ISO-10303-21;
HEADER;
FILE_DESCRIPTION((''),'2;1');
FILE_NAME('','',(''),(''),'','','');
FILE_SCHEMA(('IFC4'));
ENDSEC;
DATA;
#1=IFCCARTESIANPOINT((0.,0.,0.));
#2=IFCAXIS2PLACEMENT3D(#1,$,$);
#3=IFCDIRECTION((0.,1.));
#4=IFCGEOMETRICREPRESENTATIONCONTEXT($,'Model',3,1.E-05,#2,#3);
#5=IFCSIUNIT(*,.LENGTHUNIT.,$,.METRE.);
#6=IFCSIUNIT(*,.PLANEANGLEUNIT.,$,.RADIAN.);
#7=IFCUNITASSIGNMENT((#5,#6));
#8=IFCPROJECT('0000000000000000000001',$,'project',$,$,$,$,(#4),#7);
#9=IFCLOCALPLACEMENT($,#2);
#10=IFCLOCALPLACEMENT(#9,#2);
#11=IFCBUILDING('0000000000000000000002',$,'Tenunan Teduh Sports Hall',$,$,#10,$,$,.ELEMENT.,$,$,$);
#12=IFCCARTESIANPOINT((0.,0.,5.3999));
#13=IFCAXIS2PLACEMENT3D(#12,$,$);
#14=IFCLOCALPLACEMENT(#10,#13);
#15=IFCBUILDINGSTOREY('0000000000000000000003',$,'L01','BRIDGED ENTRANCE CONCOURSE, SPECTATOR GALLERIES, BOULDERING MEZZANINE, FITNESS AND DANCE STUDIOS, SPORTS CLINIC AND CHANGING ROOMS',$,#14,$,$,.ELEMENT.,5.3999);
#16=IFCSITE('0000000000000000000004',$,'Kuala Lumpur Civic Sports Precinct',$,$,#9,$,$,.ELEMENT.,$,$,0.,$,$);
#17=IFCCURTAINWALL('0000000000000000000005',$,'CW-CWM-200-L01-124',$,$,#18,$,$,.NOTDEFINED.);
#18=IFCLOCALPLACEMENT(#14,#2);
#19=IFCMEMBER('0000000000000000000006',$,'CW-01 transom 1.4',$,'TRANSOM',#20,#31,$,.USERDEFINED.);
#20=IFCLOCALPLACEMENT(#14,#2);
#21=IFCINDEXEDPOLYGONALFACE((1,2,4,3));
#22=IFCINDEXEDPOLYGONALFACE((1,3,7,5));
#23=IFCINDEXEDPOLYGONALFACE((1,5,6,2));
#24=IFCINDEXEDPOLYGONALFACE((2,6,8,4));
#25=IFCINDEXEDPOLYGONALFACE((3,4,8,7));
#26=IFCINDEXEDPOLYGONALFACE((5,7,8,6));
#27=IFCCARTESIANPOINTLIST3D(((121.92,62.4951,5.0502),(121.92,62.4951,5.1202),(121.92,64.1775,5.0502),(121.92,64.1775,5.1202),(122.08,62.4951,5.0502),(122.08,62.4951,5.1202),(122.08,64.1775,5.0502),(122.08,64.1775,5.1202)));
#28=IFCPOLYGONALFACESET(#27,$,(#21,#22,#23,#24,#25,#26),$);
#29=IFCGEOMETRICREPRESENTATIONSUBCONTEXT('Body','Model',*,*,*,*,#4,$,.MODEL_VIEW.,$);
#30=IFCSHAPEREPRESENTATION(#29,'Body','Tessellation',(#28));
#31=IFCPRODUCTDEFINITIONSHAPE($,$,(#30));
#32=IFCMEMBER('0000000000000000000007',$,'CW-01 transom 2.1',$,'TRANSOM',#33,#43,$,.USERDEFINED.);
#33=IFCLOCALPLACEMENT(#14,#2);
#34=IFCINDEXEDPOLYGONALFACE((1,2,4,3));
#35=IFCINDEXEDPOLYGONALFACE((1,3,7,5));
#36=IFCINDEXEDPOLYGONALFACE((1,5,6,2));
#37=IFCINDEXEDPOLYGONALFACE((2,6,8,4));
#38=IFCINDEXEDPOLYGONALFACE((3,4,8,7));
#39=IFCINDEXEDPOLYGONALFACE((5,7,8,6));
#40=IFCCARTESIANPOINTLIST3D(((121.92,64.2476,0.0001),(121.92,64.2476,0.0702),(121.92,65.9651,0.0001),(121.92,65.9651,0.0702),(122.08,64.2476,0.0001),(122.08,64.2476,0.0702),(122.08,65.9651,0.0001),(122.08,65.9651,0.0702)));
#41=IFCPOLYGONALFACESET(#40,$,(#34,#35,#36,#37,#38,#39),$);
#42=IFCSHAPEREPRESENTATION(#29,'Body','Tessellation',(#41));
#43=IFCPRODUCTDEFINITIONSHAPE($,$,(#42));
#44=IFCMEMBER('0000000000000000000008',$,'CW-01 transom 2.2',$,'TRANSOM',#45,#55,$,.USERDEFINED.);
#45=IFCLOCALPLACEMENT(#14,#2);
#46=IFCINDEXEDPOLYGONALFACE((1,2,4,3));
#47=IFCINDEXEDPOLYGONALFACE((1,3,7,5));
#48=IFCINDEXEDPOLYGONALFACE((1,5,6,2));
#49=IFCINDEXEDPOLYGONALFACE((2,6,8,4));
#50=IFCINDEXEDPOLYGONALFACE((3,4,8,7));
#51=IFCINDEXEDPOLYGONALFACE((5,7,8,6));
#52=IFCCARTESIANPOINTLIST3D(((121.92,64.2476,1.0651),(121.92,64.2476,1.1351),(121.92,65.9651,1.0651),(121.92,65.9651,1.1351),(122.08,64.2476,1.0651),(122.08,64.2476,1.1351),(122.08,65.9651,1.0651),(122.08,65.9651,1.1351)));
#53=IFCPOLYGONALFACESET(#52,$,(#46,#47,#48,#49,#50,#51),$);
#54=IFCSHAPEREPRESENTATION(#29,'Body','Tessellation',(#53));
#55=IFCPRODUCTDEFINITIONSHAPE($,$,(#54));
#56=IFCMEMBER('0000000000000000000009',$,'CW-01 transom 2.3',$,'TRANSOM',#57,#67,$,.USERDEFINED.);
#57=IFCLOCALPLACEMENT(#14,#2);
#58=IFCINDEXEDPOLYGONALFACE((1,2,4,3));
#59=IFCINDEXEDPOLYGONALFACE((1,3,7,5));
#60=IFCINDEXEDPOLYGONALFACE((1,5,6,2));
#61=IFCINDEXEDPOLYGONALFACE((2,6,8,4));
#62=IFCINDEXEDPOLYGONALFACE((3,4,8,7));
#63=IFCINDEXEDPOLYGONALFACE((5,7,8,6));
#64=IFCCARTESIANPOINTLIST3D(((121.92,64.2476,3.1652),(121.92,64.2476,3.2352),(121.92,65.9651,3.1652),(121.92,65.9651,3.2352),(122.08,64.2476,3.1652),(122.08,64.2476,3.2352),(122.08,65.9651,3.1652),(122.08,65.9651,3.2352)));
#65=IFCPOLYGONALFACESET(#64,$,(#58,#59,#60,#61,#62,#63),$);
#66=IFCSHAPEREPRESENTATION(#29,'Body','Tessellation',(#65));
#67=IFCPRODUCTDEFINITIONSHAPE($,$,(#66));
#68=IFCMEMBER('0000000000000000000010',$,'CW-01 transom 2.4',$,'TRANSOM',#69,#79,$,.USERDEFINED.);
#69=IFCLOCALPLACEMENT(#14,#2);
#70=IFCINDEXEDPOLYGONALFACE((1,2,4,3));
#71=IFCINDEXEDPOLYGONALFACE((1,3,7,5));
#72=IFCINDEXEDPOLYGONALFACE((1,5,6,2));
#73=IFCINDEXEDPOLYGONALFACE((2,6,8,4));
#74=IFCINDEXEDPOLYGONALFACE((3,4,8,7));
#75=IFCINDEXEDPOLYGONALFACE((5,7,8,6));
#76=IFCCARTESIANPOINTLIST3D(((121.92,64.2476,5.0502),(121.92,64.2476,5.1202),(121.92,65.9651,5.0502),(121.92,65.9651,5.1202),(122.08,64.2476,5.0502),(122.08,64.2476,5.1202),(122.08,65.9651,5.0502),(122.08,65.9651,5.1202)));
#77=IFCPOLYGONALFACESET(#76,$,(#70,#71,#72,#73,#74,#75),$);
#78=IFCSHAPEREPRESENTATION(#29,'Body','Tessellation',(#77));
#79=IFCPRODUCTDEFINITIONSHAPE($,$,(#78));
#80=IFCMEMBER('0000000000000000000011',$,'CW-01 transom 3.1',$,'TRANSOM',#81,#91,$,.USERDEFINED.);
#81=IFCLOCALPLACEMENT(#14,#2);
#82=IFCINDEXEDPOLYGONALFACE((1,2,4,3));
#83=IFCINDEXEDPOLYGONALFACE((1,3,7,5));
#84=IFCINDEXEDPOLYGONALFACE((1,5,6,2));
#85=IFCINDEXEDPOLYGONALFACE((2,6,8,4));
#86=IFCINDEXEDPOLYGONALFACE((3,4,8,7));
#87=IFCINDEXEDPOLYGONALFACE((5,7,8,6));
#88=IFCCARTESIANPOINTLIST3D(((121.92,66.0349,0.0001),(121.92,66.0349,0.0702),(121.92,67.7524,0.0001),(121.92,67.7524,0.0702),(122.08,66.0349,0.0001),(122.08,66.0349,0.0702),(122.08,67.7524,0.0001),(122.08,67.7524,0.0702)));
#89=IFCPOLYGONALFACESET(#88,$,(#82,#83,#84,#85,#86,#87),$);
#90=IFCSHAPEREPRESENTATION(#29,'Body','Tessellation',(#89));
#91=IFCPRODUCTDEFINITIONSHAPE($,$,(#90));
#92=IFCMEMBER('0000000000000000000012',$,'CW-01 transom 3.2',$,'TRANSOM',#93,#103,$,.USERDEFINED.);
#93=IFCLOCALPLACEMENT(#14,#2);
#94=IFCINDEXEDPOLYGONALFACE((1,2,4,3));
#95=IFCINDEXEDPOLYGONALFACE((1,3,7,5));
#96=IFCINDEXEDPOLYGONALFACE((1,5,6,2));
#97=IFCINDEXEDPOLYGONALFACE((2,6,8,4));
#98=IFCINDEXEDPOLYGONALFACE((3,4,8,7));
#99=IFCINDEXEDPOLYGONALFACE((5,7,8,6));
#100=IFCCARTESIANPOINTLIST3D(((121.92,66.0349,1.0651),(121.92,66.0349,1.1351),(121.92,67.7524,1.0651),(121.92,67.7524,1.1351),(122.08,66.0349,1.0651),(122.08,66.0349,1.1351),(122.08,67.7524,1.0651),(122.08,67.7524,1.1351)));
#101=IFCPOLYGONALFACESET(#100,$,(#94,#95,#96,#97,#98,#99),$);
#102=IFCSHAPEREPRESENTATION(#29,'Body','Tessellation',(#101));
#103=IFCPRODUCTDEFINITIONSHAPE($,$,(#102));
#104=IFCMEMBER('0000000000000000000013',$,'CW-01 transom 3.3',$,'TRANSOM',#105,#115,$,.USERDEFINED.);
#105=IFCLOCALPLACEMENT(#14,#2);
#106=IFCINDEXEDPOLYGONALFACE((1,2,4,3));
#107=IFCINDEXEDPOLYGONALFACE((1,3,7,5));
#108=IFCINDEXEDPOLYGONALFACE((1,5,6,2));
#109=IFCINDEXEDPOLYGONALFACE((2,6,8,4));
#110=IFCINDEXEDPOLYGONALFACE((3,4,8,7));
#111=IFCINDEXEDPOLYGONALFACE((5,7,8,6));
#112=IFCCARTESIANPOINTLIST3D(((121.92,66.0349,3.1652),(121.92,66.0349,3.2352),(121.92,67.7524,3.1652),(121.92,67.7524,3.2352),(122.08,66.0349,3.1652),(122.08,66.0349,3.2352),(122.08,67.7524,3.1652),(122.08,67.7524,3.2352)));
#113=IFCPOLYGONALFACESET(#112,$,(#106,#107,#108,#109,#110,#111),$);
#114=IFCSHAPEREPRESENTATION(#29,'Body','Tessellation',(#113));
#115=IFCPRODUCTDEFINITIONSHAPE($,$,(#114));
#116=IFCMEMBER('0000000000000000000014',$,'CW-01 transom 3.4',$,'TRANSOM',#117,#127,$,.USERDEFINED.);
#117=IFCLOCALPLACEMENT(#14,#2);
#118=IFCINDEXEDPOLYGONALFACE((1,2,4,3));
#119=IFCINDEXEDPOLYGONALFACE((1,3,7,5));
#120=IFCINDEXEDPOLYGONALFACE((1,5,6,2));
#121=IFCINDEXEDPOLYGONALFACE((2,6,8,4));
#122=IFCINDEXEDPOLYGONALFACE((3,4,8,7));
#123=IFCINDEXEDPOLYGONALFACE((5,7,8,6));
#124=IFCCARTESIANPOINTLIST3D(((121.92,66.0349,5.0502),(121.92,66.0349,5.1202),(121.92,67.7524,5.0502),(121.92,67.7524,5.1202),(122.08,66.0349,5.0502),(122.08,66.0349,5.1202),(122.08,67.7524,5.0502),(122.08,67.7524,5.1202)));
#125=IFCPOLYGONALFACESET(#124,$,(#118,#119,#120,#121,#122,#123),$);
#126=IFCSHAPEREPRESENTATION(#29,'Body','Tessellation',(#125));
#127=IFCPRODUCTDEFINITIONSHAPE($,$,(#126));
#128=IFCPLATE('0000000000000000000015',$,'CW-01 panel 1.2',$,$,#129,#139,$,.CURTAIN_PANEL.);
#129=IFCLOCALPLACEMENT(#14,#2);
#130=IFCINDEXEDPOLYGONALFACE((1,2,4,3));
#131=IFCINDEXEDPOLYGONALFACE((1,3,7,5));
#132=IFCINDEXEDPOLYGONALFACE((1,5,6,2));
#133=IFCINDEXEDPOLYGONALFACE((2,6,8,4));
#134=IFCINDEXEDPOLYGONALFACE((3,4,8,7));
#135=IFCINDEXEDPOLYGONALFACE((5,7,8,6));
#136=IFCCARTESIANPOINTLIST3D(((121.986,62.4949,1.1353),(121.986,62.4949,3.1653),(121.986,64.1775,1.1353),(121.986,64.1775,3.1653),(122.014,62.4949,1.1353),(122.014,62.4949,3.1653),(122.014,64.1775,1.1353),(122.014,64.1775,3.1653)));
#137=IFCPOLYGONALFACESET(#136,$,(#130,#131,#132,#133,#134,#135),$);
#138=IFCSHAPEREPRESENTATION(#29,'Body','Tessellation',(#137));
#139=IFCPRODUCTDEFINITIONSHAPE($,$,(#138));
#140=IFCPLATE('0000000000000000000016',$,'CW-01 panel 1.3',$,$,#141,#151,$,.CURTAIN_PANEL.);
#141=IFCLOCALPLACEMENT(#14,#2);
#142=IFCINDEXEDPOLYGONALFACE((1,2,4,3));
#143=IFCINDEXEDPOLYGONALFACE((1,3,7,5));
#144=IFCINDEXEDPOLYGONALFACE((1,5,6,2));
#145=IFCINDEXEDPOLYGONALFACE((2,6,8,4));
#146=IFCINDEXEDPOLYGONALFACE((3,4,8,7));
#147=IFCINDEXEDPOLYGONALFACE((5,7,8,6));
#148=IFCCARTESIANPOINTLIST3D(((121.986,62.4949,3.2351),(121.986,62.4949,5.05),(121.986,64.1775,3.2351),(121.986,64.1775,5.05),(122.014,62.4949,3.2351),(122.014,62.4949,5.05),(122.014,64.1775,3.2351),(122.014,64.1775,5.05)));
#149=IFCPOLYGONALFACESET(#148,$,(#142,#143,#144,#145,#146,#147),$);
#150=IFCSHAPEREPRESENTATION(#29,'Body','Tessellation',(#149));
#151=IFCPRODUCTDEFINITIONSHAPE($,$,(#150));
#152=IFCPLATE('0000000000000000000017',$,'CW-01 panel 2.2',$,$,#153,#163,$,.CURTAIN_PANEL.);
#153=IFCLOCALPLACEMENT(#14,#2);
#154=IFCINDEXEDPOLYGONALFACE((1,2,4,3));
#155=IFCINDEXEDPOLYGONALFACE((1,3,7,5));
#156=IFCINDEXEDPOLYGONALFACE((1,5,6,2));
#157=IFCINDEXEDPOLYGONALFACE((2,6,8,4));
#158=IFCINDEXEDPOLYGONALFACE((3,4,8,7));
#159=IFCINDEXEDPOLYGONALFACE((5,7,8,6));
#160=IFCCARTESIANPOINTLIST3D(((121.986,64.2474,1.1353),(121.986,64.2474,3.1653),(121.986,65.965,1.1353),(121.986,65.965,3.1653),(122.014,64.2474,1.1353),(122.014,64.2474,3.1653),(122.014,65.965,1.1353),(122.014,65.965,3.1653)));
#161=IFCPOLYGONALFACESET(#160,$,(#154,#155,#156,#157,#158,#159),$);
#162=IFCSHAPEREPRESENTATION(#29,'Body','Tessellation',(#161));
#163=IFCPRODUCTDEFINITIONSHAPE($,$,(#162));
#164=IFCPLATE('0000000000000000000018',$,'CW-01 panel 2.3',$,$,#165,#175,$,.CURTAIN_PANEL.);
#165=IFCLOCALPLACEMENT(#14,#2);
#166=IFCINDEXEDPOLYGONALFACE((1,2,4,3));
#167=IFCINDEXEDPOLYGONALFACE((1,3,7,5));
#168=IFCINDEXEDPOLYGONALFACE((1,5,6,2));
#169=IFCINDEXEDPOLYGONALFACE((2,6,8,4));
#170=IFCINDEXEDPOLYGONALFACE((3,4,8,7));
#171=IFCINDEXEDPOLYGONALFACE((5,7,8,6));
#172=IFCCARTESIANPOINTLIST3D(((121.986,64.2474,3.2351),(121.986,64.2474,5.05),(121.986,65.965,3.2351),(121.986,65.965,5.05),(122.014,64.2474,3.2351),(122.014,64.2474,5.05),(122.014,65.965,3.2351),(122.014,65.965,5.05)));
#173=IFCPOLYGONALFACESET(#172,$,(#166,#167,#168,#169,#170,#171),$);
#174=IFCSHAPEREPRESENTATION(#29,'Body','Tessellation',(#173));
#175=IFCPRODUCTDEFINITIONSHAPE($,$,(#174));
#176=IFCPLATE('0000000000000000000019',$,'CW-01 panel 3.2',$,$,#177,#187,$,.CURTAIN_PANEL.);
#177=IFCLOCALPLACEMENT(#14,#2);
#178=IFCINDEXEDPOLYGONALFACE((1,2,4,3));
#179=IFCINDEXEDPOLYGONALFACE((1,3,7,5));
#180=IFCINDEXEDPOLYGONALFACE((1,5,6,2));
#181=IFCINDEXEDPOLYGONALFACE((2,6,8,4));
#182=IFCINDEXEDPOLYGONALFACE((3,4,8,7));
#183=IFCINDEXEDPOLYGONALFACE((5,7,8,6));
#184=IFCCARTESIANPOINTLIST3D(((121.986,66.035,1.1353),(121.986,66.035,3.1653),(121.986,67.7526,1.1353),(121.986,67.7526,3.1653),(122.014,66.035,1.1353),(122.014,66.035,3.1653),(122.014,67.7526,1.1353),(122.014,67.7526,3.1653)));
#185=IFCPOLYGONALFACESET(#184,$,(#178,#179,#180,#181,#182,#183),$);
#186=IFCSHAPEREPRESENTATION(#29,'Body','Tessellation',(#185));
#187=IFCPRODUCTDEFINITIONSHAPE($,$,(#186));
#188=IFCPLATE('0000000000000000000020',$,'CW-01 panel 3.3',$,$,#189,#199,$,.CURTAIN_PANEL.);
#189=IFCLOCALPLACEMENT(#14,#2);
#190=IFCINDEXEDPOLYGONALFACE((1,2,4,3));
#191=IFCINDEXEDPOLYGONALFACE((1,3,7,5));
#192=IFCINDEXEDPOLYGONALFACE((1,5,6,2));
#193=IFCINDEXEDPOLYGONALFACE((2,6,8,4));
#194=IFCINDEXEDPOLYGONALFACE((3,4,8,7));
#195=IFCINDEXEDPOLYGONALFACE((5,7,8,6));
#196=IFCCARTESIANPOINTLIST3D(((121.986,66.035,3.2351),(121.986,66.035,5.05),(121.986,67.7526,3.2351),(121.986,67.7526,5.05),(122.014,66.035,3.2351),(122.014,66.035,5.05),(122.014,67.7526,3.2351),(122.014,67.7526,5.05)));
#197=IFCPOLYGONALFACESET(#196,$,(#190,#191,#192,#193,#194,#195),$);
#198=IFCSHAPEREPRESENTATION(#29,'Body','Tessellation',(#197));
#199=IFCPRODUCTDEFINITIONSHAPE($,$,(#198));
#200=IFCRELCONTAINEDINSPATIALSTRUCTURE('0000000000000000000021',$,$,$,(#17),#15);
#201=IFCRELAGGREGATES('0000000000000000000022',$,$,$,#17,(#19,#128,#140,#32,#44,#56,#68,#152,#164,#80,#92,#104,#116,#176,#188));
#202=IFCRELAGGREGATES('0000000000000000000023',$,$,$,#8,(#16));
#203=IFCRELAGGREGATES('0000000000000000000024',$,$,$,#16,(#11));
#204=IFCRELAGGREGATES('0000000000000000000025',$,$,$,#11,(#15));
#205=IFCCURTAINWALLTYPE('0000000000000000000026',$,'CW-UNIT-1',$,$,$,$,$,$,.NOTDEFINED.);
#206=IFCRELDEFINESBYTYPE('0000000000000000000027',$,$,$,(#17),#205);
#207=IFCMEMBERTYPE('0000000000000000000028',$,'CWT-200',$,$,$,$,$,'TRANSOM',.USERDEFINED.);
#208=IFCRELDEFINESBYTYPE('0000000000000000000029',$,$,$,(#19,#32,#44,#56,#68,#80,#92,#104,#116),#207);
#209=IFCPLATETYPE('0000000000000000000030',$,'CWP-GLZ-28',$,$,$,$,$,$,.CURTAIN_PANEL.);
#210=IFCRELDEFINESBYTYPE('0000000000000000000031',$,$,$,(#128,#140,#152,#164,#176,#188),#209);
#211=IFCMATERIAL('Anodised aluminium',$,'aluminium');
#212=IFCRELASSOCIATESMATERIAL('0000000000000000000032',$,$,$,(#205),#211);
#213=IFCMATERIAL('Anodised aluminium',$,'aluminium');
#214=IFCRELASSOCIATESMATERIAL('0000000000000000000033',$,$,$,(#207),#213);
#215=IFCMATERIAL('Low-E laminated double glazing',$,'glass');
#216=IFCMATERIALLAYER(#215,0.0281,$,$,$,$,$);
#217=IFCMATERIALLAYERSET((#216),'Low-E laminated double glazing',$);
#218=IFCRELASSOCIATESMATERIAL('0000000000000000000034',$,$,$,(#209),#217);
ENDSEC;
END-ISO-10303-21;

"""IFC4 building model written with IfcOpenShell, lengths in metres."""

from ifc_helpers import new_model, si_unit, direction, frame, origin, origin_2d, place, context, subcontext, project, spatial, rectangle, extrude, material, layer, layer_set, material_profile, profile_set, type_object, element, aggregate, save


model = new_model("IFC4")

# Units and contexts
model_context = context("Model", 3, precision=1e-05, world=origin(), true_north=direction((0.0, 1.0)))
body_context = subcontext(model_context, "Body", "Model", "MODEL_VIEW")
ifc_project = project(units=[si_unit("LENGTHUNIT", "METRE"), si_unit("PLANEANGLEUNIT", "RADIAN")], contexts=[model_context])

# Site, building, storey
site_placement = place(None, origin())
site = spatial("IfcSite", under=ifc_project, at=site_placement, Name="Kuala Lumpur Civic Sports Precinct", CompositionType="ELEMENT", RefElevation=0.0)
building_placement = place(site_placement, origin())
building = spatial("IfcBuilding", under=site, at=building_placement, Name="Tenunan Teduh Sports Hall", CompositionType="ELEMENT")
storey_placement = place(building_placement, frame((0.0, 0.0, 5.3999)))
storey = spatial("IfcBuildingStorey", under=building, at=storey_placement, Name="L01", Description="BRIDGED ENTRANCE CONCOURSE, SPECTATOR GALLERIES, BOULDERING MEZZANINE, FITNESS AND DANCE STUDIOS, SPORTS CLINIC AND CHANGING ROOMS", CompositionType="ELEMENT", Elevation=5.3999)

# Shared definitions
ifc_material_1 = material(Name="Anodised aluminium", Category="aluminium")
curtain_wall_type = type_object("IfcCurtainWallType", Name="CW-UNIT-1", PredefinedType="NOTDEFINED", material=ifc_material_1)

# Curtain wall
curtain_wall_1_placement = place(storey_placement, origin())
curtain_wall_1 = element("IfcCurtainWall", 1, at=curtain_wall_1_placement, inside=storey, type_object=curtain_wall_type, Name="CW-CWM-200-L01-124", PredefinedType="NOTDEFINED")

# Members
ifc_material_2 = material(Name="Anodised aluminium", Category="aluminium")
ifc_material_profile_1 = material_profile(ifc_material_2, rectangle(XDim=0.0701, YDim=0.1599, at=origin_2d()), Name="CWT 70x160")
ifc_profile_set_1 = profile_set([ifc_material_profile_1], Name="Anodised aluminium")
member_type_1 = type_object("IfcMemberType", Name="CWT-200", ElementType="TRANSOM", PredefinedType="USERDEFINED", material=ifc_profile_set_1)
member_1_placement = place(storey_placement, frame((122.0, 62.4951, 5.0852), z_axis=(0.0, 1.0, 0.0), x_axis=(0.0, 0.0, 1.0)))
member_1 = element("IfcMember", 2, at=member_1_placement, type_object=member_type_1, Name="CW-01 transom 1.4", ObjectType="TRANSOM", PredefinedType="USERDEFINED", context=body_context, shape_type="SweptSolid", body=[
    extrude(rectangle(XDim=0.0701, YDim=0.1599, at=origin_2d()), origin(), (0.0, 0.0, 1.0), 1.6824),
])
member_2_placement = place(storey_placement, frame((122.0, 64.2476, 0.0352), z_axis=(0.0, 1.0, 0.0), x_axis=(0.0, 0.0, 1.0)))
member_2 = element("IfcMember", 3, at=member_2_placement, type_object=member_type_1, Name="CW-01 transom 2.1", ObjectType="TRANSOM", PredefinedType="USERDEFINED", context=body_context, shape_type="SweptSolid", body=[
    extrude(rectangle(XDim=0.0701, YDim=0.1599, at=origin_2d()), origin(), (0.0, 0.0, 1.0), 1.7175),
])
member_3_placement = place(storey_placement, frame((122.0, 64.2476, 1.1001), z_axis=(0.0, 1.0, 0.0), x_axis=(0.0, 0.0, 1.0)))
member_3 = element("IfcMember", 4, at=member_3_placement, type_object=member_type_1, Name="CW-01 transom 2.2", ObjectType="TRANSOM", PredefinedType="USERDEFINED", context=body_context, shape_type="SweptSolid", body=[
    extrude(rectangle(XDim=0.0701, YDim=0.1599, at=origin_2d()), origin(), (0.0, 0.0, 1.0), 1.7175),
])
member_4_placement = place(storey_placement, frame((122.0, 64.2476, 3.2002), z_axis=(0.0, 1.0, 0.0), x_axis=(0.0, 0.0, 1.0)))
member_4 = element("IfcMember", 5, at=member_4_placement, type_object=member_type_1, Name="CW-01 transom 2.3", ObjectType="TRANSOM", PredefinedType="USERDEFINED", context=body_context, shape_type="SweptSolid", body=[
    extrude(rectangle(XDim=0.0701, YDim=0.1599, at=origin_2d()), origin(), (0.0, 0.0, 1.0), 1.7175),
])
member_5_placement = place(storey_placement, frame((122.0, 64.2476, 5.0852), z_axis=(0.0, 1.0, 0.0), x_axis=(0.0, 0.0, 1.0)))
member_5 = element("IfcMember", 6, at=member_5_placement, type_object=member_type_1, Name="CW-01 transom 2.4", ObjectType="TRANSOM", PredefinedType="USERDEFINED", context=body_context, shape_type="SweptSolid", body=[
    extrude(rectangle(XDim=0.0701, YDim=0.1599, at=origin_2d()), origin(), (0.0, 0.0, 1.0), 1.7175),
])
member_6_placement = place(storey_placement, frame((122.0, 66.0349, 0.0352), z_axis=(0.0, 1.0, 0.0), x_axis=(0.0, 0.0, 1.0)))
member_6 = element("IfcMember", 7, at=member_6_placement, type_object=member_type_1, Name="CW-01 transom 3.1", ObjectType="TRANSOM", PredefinedType="USERDEFINED", context=body_context, shape_type="SweptSolid", body=[
    extrude(rectangle(XDim=0.0701, YDim=0.1599, at=origin_2d()), origin(), (0.0, 0.0, 1.0), 1.7175),
])
member_7_placement = place(storey_placement, frame((122.0, 66.0349, 1.1001), z_axis=(0.0, 1.0, 0.0), x_axis=(0.0, 0.0, 1.0)))
member_7 = element("IfcMember", 8, at=member_7_placement, type_object=member_type_1, Name="CW-01 transom 3.2", ObjectType="TRANSOM", PredefinedType="USERDEFINED", context=body_context, shape_type="SweptSolid", body=[
    extrude(rectangle(XDim=0.0701, YDim=0.1599, at=origin_2d()), origin(), (0.0, 0.0, 1.0), 1.7175),
])
member_8_placement = place(storey_placement, frame((122.0, 66.0349, 3.2002), z_axis=(0.0, 1.0, 0.0), x_axis=(0.0, 0.0, 1.0)))
member_8 = element("IfcMember", 9, at=member_8_placement, type_object=member_type_1, Name="CW-01 transom 3.3", ObjectType="TRANSOM", PredefinedType="USERDEFINED", context=body_context, shape_type="SweptSolid", body=[
    extrude(rectangle(XDim=0.0701, YDim=0.1599, at=origin_2d()), origin(), (0.0, 0.0, 1.0), 1.7175),
])
member_9_placement = place(storey_placement, frame((122.0, 66.0349, 5.0852), z_axis=(0.0, 1.0, 0.0), x_axis=(0.0, 0.0, 1.0)))
member_9 = element("IfcMember", 10, at=member_9_placement, type_object=member_type_1, Name="CW-01 transom 3.4", ObjectType="TRANSOM", PredefinedType="USERDEFINED", context=body_context, shape_type="SweptSolid", body=[
    extrude(rectangle(XDim=0.0701, YDim=0.1599, at=origin_2d()), origin(), (0.0, 0.0, 1.0), 1.7175),
])

# Plates
ifc_material_3 = material(Name="Low-E laminated double glazing", Category="glass")
ifc_layer_1 = layer(ifc_material_3, 0.0281)
ifc_layer_set_1 = layer_set([ifc_layer_1], Name="Low-E laminated double glazing")
plate_type_1 = type_object("IfcPlateType", Name="CWP-GLZ-28", PredefinedType="CURTAIN_PANEL", material=ifc_layer_set_1)
plate_1_placement = place(storey_placement, frame((122.0, 63.3362, 1.1353), z_axis=(0.0, 0.0, 1.0), x_axis=(0.0, 1.0, 0.0)))
plate_1 = element("IfcPlate", 11, at=plate_1_placement, type_object=plate_type_1, Name="CW-01 panel 1.2", PredefinedType="CURTAIN_PANEL", context=body_context, shape_type="SweptSolid", body=[
    extrude(rectangle(XDim=1.6826, YDim=0.0281, at=origin_2d()), origin(), (0.0, 0.0, 1.0), 2.03),
])
plate_2_placement = place(storey_placement, frame((122.0, 63.3362, 3.2351), z_axis=(0.0, 0.0, 1.0), x_axis=(0.0, 1.0, 0.0)))
plate_2 = element("IfcPlate", 12, at=plate_2_placement, type_object=plate_type_1, Name="CW-01 panel 1.3", PredefinedType="CURTAIN_PANEL", context=body_context, shape_type="SweptSolid", body=[
    extrude(rectangle(XDim=1.6826, YDim=0.0281, at=origin_2d()), origin(), (0.0, 0.0, 1.0), 1.8149),
])
plate_3_placement = place(storey_placement, frame((122.0, 65.1062, 1.1353), z_axis=(0.0, 0.0, 1.0), x_axis=(0.0, 1.0, 0.0)))
plate_3 = element("IfcPlate", 13, at=plate_3_placement, type_object=plate_type_1, Name="CW-01 panel 2.2", PredefinedType="CURTAIN_PANEL", context=body_context, shape_type="SweptSolid", body=[
    extrude(rectangle(XDim=1.7175, YDim=0.0281, at=origin_2d()), origin(), (0.0, 0.0, 1.0), 2.03),
])
plate_4_placement = place(storey_placement, frame((122.0, 65.1062, 3.2351), z_axis=(0.0, 0.0, 1.0), x_axis=(0.0, 1.0, 0.0)))
plate_4 = element("IfcPlate", 14, at=plate_4_placement, type_object=plate_type_1, Name="CW-01 panel 2.3", PredefinedType="CURTAIN_PANEL", context=body_context, shape_type="SweptSolid", body=[
    extrude(rectangle(XDim=1.7175, YDim=0.0281, at=origin_2d()), origin(), (0.0, 0.0, 1.0), 1.8149),
])
plate_5_placement = place(storey_placement, frame((122.0, 66.8938, 1.1353), z_axis=(0.0, 0.0, 1.0), x_axis=(0.0, 1.0, 0.0)))
plate_5 = element("IfcPlate", 15, at=plate_5_placement, type_object=plate_type_1, Name="CW-01 panel 3.2", PredefinedType="CURTAIN_PANEL", context=body_context, shape_type="SweptSolid", body=[
    extrude(rectangle(XDim=1.7175, YDim=0.0281, at=origin_2d()), origin(), (0.0, 0.0, 1.0), 2.03),
])
plate_6_placement = place(storey_placement, frame((122.0, 66.8938, 3.2351), z_axis=(0.0, 0.0, 1.0), x_axis=(0.0, 1.0, 0.0)))
plate_6 = element("IfcPlate", 16, at=plate_6_placement, type_object=plate_type_1, Name="CW-01 panel 3.3", PredefinedType="CURTAIN_PANEL", context=body_context, shape_type="SweptSolid", body=[
    extrude(rectangle(XDim=1.7175, YDim=0.0281, at=origin_2d()), origin(), (0.0, 0.0, 1.0), 1.8149),
])
aggregate(curtain_wall_1, [member_1, plate_1, plate_2, member_2, member_3, member_4, member_5, plate_3, plate_4, member_6, member_7, member_8, member_9, plate_5, plate_6])

save(model, "model.ifc")
